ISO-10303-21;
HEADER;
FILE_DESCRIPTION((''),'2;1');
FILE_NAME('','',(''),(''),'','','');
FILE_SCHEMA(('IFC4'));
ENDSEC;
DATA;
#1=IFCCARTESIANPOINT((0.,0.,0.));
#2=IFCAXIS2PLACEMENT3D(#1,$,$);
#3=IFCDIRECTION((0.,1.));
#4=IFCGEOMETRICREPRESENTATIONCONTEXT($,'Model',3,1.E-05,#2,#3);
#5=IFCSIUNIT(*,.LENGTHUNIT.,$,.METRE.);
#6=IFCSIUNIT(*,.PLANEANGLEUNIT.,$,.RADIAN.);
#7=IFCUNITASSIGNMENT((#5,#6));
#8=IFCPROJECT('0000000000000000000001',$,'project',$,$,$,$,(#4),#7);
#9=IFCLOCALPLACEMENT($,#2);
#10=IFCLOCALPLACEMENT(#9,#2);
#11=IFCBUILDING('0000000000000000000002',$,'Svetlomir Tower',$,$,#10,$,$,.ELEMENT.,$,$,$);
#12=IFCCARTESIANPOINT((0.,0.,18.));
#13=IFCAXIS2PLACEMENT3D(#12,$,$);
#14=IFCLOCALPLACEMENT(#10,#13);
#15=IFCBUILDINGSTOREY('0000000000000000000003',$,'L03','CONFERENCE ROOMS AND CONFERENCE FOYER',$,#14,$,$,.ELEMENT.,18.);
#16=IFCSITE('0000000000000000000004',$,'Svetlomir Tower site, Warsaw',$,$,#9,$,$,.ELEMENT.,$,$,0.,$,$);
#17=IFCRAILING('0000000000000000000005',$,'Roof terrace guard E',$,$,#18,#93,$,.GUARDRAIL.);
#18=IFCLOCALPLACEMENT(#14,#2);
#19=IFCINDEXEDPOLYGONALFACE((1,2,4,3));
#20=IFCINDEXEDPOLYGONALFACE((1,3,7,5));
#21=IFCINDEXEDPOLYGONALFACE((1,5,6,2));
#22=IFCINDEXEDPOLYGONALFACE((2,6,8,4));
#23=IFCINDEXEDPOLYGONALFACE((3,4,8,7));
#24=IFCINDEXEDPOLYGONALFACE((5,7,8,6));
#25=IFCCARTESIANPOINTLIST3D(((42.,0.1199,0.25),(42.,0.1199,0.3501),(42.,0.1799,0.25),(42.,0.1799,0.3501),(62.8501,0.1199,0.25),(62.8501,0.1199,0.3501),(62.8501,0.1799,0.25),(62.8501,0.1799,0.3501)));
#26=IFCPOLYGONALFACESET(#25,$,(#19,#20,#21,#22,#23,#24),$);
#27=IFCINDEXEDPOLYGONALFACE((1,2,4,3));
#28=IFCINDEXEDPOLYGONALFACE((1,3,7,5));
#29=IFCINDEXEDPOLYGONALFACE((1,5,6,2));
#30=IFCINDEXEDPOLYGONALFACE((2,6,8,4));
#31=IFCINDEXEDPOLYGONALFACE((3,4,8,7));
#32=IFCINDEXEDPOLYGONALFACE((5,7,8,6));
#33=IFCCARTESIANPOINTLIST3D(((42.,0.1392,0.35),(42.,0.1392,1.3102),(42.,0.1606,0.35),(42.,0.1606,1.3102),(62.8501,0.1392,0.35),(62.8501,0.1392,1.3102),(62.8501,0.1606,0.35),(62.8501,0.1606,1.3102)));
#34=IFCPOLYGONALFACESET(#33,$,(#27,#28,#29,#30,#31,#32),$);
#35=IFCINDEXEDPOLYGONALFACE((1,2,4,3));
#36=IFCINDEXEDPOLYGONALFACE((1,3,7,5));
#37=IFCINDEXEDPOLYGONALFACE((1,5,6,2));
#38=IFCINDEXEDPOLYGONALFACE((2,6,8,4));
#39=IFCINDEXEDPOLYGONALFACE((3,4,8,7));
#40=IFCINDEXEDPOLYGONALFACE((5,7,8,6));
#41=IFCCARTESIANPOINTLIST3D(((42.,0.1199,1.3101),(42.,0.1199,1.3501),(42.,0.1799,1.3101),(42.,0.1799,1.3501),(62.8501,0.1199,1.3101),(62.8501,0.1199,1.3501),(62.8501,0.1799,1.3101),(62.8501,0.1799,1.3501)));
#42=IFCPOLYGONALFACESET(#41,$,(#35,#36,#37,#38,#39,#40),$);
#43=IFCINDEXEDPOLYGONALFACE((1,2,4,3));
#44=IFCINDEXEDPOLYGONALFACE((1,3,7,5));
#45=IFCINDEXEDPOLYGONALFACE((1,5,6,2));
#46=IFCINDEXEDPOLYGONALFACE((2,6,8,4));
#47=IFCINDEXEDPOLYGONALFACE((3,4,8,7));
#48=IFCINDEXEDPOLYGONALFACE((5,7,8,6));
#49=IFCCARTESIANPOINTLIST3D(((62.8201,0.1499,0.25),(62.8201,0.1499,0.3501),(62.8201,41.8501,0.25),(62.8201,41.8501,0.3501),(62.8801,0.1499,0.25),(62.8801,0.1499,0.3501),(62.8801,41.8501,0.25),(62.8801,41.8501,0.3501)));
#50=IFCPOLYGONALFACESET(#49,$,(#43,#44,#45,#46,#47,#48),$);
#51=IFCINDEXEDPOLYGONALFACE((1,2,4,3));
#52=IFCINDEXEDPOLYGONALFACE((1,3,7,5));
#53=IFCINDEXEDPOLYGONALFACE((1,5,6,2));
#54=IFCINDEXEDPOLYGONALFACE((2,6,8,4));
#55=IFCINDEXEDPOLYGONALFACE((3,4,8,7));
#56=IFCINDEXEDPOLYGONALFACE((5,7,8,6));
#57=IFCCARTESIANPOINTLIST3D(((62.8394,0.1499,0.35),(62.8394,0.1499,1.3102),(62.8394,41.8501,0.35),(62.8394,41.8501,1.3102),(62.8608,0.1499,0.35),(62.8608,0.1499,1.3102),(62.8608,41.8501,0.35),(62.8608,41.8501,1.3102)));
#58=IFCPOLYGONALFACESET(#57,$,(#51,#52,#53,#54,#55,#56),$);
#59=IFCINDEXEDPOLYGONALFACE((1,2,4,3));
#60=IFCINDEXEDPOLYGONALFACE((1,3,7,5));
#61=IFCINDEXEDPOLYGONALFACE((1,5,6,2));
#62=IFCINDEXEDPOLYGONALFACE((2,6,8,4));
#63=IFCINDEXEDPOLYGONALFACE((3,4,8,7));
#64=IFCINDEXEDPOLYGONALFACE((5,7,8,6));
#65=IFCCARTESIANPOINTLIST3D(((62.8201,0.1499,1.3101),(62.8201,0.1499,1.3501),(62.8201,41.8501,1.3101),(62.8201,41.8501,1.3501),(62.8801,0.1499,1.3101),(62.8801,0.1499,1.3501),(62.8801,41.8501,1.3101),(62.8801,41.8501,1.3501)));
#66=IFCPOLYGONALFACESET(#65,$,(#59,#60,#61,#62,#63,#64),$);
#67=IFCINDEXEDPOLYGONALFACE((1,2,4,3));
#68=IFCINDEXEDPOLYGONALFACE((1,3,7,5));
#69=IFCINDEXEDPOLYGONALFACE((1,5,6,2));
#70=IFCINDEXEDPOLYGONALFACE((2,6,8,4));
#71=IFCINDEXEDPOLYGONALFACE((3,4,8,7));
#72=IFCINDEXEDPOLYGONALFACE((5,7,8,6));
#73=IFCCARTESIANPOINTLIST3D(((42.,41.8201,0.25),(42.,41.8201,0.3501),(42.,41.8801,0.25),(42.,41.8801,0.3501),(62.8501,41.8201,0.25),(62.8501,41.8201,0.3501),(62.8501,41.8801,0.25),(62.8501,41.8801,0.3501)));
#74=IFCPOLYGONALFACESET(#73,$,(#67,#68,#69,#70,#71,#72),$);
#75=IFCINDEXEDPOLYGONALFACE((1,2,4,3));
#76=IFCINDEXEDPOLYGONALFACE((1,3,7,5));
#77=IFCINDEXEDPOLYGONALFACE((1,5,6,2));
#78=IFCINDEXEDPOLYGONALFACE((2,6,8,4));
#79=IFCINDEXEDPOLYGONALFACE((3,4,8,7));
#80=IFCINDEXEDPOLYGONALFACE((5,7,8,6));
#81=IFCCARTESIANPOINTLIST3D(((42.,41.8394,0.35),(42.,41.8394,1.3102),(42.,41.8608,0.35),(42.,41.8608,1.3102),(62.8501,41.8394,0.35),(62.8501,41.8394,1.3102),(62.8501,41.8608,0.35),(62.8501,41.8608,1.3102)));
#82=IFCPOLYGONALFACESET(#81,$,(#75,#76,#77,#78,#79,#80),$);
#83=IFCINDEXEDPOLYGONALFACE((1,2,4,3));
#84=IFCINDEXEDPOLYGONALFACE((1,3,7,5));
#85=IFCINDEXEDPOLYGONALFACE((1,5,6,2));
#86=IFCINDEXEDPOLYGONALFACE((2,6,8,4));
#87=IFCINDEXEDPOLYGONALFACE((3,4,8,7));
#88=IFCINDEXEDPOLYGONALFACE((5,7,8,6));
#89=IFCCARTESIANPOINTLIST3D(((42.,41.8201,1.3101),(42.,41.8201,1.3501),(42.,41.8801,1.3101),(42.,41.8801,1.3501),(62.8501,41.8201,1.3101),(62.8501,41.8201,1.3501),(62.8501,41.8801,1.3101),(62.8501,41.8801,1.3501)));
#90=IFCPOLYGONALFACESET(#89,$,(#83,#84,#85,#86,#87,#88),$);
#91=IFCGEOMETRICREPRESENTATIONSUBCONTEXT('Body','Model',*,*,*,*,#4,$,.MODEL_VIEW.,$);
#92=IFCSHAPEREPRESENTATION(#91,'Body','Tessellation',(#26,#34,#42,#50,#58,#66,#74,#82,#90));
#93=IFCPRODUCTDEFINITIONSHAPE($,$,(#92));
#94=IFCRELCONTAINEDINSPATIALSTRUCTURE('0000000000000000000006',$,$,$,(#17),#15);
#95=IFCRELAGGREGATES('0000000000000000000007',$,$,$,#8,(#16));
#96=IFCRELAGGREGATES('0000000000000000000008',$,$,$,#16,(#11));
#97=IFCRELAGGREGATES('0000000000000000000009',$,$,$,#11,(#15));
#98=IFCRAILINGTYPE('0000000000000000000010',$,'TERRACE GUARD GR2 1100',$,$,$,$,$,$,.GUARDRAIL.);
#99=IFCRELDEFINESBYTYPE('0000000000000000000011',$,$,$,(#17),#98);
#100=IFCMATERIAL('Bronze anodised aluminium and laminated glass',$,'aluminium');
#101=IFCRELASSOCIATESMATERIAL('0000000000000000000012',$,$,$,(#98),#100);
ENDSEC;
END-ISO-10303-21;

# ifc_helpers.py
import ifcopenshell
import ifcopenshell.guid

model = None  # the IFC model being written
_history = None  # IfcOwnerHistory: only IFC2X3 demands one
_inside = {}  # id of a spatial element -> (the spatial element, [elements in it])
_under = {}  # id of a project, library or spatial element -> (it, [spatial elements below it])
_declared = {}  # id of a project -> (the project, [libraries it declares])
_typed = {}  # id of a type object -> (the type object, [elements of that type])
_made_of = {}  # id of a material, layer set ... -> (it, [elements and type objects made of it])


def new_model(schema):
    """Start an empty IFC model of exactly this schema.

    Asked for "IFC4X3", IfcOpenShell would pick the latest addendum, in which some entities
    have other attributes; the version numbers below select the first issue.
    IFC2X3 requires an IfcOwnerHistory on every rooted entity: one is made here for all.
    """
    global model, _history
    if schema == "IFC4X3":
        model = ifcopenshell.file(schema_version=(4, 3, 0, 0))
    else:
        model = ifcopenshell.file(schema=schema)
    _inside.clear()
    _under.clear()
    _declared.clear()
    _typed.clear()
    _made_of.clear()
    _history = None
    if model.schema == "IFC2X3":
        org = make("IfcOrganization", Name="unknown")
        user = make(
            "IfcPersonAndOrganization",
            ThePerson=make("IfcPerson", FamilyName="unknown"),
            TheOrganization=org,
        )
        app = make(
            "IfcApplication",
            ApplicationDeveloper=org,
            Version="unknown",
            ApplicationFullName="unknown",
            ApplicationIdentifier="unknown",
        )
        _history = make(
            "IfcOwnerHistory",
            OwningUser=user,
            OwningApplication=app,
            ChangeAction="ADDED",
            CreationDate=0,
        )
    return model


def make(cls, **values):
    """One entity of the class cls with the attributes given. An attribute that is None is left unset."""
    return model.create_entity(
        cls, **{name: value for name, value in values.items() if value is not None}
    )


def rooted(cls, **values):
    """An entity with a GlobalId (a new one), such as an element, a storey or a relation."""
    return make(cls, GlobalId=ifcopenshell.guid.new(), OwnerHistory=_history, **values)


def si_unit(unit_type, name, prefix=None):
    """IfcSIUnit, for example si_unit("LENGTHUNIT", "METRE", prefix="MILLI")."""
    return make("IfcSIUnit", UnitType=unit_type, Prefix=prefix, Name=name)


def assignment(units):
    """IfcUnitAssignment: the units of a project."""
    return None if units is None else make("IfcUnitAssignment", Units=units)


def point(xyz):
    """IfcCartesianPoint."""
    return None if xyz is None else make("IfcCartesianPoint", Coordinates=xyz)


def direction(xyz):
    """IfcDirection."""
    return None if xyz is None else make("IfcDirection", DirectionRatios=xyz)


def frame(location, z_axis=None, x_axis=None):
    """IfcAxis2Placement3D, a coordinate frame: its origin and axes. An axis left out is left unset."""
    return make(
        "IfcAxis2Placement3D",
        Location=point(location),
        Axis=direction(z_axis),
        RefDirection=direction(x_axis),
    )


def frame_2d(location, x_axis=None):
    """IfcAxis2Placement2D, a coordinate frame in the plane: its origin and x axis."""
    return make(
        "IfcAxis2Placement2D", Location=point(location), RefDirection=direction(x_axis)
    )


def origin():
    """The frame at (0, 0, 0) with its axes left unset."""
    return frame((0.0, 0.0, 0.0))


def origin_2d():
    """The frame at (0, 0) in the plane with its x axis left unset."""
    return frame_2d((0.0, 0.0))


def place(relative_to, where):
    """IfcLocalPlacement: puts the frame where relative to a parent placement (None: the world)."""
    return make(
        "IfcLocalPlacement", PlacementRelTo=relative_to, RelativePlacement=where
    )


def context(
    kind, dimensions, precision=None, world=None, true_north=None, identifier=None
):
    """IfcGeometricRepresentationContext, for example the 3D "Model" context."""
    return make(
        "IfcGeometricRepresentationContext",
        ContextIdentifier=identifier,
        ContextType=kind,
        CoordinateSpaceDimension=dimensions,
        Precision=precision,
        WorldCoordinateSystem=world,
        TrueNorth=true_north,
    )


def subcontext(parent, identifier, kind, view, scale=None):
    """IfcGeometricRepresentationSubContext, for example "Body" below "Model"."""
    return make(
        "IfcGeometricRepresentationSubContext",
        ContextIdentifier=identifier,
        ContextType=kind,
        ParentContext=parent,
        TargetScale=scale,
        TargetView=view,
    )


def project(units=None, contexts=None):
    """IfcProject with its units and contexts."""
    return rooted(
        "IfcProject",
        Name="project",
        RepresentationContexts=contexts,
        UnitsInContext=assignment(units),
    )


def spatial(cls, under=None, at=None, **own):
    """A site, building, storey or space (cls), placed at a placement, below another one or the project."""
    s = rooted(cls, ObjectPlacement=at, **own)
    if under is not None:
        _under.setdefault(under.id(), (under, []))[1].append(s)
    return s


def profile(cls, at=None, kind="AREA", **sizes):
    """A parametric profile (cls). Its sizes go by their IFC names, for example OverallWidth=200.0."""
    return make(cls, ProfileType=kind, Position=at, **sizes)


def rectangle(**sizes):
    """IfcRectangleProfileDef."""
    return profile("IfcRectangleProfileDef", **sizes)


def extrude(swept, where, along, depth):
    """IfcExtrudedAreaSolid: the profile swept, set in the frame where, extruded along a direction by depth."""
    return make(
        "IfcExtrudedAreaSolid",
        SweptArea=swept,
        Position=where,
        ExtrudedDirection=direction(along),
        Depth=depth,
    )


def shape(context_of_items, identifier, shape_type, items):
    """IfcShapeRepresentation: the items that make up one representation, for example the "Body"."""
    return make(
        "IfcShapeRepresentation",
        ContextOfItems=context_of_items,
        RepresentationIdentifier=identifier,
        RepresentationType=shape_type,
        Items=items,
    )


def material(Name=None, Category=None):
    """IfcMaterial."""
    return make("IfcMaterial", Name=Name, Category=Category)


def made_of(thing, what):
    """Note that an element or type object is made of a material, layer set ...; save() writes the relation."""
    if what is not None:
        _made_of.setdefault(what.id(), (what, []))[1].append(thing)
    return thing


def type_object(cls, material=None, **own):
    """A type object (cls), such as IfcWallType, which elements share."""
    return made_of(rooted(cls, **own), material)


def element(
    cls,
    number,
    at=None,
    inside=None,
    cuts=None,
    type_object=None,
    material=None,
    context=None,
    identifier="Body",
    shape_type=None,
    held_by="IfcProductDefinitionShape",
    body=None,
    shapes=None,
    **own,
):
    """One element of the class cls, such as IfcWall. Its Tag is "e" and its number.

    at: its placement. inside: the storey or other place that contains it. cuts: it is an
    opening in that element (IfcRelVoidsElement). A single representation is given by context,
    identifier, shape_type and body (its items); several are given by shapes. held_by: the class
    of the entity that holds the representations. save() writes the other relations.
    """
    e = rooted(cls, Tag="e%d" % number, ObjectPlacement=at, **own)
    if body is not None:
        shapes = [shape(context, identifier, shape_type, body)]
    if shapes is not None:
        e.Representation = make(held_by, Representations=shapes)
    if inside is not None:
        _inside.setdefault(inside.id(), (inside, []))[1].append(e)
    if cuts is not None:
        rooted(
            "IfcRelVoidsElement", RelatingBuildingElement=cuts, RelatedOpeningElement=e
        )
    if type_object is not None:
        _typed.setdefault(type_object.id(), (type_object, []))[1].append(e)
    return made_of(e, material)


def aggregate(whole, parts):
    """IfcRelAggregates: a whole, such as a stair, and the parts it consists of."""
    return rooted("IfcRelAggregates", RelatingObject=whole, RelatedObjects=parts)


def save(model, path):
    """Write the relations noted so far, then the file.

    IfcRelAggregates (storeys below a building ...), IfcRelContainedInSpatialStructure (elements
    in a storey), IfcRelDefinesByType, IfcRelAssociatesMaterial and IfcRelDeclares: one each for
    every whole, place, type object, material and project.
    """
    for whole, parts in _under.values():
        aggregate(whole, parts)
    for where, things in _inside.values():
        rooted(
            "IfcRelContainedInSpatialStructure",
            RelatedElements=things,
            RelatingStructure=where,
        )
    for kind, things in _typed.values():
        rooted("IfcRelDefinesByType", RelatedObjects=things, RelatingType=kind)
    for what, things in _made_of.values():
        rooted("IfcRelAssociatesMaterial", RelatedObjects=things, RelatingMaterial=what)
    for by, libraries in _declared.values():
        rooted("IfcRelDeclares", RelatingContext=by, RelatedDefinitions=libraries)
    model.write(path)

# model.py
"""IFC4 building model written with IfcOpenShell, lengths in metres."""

from ifc_helpers import new_model, si_unit, direction, frame, origin, origin_2d, place, context, subcontext, project, spatial, rectangle, extrude, material, type_object, element, save


model = new_model("IFC4")

# Units and contexts
model_context = context("Model", 3, precision=1e-05, world=origin(), true_north=direction((0.0, 1.0)))
body_context = subcontext(model_context, "Body", "Model", "MODEL_VIEW")
ifc_project = project(units=[si_unit("LENGTHUNIT", "METRE"), si_unit("PLANEANGLEUNIT", "RADIAN")], contexts=[model_context])

# Site, building, storey
site_placement = place(None, origin())
site = spatial("IfcSite", under=ifc_project, at=site_placement, Name="Svetlomir Tower site, Warsaw", CompositionType="ELEMENT", RefElevation=0.0)
building_placement = place(site_placement, origin())
building = spatial("IfcBuilding", under=site, at=building_placement, Name="Svetlomir Tower", CompositionType="ELEMENT")
storey_placement = place(building_placement, frame((0.0, 0.0, 18.0)))
storey = spatial("IfcBuildingStorey", under=building, at=storey_placement, Name="L03", Description="CONFERENCE ROOMS AND CONFERENCE FOYER", CompositionType="ELEMENT", Elevation=18.0)

# Railing
ifc_material_1 = material(Name="Bronze anodised aluminium and laminated glass", Category="aluminium")
railing_type = type_object("IfcRailingType", Name="TERRACE GUARD GR2 1100", PredefinedType="GUARDRAIL", material=ifc_material_1)
railing_placement = place(storey_placement, frame((42.0, 0.1499, 0.25)))
element("IfcRailing", 1, at=railing_placement, inside=storey, type_object=railing_type, Name="Roof terrace guard E", PredefinedType="GUARDRAIL", context=body_context, shape_type="SweptSolid", body=[
    extrude(rectangle(XDim=0.0601, YDim=0.1001, at=origin_2d()), frame((0.0, 0.0, 0.05), z_axis=(1.0, 0.0, 0.0), x_axis=(0.0, 1.0, 0.0)), (0.0, 0.0, 1.0), 20.8501),
    extrude(rectangle(XDim=0.0215, YDim=0.9602, at=origin_2d()), frame((0.0, 0.0, 0.5801), z_axis=(1.0, 0.0, 0.0), x_axis=(0.0, 1.0, 0.0)), (0.0, 0.0, 1.0), 20.8501),
    extrude(rectangle(XDim=0.0601, YDim=0.04, at=origin_2d()), frame((0.0, 0.0, 1.0801), z_axis=(1.0, 0.0, 0.0), x_axis=(0.0, 1.0, 0.0)), (0.0, 0.0, 1.0), 20.8501),
    extrude(rectangle(XDim=0.0601, YDim=0.1001, at=origin_2d()), frame((20.8501, 0.0, 0.05), z_axis=(0.0, 1.0, 0.0), x_axis=(-1.0, 0.0, 0.0)), (0.0, 0.0, 1.0), 41.7002),
    extrude(rectangle(XDim=0.0215, YDim=0.9602, at=origin_2d()), frame((20.8501, 0.0, 0.5801), z_axis=(0.0, 1.0, 0.0), x_axis=(-1.0, 0.0, 0.0)), (0.0, 0.0, 1.0), 41.7002),
    extrude(rectangle(XDim=0.0601, YDim=0.04, at=origin_2d()), frame((20.8501, 0.0, 1.0801), z_axis=(0.0, 1.0, 0.0), x_axis=(-1.0, 0.0, 0.0)), (0.0, 0.0, 1.0), 41.7002),
    extrude(rectangle(XDim=0.0601, YDim=0.1001, at=origin_2d()), frame((20.8501, 41.7002, 0.05), z_axis=(-1.0, 0.0, 0.0), x_axis=(0.0, -1.0, 0.0)), (0.0, 0.0, 1.0), 20.8501),
    extrude(rectangle(XDim=0.0215, YDim=0.9602, at=origin_2d()), frame((20.8501, 41.7002, 0.5801), z_axis=(-1.0, 0.0, 0.0), x_axis=(0.0, -1.0, 0.0)), (0.0, 0.0, 1.0), 20.8501),
    extrude(rectangle(XDim=0.0601, YDim=0.04, at=origin_2d()), frame((20.8501, 41.7002, 1.0801), z_axis=(-1.0, 0.0, 0.0), x_axis=(0.0, -1.0, 0.0)), (0.0, 0.0, 1.0), 20.8501),
])

save(model, "model.ifc")
